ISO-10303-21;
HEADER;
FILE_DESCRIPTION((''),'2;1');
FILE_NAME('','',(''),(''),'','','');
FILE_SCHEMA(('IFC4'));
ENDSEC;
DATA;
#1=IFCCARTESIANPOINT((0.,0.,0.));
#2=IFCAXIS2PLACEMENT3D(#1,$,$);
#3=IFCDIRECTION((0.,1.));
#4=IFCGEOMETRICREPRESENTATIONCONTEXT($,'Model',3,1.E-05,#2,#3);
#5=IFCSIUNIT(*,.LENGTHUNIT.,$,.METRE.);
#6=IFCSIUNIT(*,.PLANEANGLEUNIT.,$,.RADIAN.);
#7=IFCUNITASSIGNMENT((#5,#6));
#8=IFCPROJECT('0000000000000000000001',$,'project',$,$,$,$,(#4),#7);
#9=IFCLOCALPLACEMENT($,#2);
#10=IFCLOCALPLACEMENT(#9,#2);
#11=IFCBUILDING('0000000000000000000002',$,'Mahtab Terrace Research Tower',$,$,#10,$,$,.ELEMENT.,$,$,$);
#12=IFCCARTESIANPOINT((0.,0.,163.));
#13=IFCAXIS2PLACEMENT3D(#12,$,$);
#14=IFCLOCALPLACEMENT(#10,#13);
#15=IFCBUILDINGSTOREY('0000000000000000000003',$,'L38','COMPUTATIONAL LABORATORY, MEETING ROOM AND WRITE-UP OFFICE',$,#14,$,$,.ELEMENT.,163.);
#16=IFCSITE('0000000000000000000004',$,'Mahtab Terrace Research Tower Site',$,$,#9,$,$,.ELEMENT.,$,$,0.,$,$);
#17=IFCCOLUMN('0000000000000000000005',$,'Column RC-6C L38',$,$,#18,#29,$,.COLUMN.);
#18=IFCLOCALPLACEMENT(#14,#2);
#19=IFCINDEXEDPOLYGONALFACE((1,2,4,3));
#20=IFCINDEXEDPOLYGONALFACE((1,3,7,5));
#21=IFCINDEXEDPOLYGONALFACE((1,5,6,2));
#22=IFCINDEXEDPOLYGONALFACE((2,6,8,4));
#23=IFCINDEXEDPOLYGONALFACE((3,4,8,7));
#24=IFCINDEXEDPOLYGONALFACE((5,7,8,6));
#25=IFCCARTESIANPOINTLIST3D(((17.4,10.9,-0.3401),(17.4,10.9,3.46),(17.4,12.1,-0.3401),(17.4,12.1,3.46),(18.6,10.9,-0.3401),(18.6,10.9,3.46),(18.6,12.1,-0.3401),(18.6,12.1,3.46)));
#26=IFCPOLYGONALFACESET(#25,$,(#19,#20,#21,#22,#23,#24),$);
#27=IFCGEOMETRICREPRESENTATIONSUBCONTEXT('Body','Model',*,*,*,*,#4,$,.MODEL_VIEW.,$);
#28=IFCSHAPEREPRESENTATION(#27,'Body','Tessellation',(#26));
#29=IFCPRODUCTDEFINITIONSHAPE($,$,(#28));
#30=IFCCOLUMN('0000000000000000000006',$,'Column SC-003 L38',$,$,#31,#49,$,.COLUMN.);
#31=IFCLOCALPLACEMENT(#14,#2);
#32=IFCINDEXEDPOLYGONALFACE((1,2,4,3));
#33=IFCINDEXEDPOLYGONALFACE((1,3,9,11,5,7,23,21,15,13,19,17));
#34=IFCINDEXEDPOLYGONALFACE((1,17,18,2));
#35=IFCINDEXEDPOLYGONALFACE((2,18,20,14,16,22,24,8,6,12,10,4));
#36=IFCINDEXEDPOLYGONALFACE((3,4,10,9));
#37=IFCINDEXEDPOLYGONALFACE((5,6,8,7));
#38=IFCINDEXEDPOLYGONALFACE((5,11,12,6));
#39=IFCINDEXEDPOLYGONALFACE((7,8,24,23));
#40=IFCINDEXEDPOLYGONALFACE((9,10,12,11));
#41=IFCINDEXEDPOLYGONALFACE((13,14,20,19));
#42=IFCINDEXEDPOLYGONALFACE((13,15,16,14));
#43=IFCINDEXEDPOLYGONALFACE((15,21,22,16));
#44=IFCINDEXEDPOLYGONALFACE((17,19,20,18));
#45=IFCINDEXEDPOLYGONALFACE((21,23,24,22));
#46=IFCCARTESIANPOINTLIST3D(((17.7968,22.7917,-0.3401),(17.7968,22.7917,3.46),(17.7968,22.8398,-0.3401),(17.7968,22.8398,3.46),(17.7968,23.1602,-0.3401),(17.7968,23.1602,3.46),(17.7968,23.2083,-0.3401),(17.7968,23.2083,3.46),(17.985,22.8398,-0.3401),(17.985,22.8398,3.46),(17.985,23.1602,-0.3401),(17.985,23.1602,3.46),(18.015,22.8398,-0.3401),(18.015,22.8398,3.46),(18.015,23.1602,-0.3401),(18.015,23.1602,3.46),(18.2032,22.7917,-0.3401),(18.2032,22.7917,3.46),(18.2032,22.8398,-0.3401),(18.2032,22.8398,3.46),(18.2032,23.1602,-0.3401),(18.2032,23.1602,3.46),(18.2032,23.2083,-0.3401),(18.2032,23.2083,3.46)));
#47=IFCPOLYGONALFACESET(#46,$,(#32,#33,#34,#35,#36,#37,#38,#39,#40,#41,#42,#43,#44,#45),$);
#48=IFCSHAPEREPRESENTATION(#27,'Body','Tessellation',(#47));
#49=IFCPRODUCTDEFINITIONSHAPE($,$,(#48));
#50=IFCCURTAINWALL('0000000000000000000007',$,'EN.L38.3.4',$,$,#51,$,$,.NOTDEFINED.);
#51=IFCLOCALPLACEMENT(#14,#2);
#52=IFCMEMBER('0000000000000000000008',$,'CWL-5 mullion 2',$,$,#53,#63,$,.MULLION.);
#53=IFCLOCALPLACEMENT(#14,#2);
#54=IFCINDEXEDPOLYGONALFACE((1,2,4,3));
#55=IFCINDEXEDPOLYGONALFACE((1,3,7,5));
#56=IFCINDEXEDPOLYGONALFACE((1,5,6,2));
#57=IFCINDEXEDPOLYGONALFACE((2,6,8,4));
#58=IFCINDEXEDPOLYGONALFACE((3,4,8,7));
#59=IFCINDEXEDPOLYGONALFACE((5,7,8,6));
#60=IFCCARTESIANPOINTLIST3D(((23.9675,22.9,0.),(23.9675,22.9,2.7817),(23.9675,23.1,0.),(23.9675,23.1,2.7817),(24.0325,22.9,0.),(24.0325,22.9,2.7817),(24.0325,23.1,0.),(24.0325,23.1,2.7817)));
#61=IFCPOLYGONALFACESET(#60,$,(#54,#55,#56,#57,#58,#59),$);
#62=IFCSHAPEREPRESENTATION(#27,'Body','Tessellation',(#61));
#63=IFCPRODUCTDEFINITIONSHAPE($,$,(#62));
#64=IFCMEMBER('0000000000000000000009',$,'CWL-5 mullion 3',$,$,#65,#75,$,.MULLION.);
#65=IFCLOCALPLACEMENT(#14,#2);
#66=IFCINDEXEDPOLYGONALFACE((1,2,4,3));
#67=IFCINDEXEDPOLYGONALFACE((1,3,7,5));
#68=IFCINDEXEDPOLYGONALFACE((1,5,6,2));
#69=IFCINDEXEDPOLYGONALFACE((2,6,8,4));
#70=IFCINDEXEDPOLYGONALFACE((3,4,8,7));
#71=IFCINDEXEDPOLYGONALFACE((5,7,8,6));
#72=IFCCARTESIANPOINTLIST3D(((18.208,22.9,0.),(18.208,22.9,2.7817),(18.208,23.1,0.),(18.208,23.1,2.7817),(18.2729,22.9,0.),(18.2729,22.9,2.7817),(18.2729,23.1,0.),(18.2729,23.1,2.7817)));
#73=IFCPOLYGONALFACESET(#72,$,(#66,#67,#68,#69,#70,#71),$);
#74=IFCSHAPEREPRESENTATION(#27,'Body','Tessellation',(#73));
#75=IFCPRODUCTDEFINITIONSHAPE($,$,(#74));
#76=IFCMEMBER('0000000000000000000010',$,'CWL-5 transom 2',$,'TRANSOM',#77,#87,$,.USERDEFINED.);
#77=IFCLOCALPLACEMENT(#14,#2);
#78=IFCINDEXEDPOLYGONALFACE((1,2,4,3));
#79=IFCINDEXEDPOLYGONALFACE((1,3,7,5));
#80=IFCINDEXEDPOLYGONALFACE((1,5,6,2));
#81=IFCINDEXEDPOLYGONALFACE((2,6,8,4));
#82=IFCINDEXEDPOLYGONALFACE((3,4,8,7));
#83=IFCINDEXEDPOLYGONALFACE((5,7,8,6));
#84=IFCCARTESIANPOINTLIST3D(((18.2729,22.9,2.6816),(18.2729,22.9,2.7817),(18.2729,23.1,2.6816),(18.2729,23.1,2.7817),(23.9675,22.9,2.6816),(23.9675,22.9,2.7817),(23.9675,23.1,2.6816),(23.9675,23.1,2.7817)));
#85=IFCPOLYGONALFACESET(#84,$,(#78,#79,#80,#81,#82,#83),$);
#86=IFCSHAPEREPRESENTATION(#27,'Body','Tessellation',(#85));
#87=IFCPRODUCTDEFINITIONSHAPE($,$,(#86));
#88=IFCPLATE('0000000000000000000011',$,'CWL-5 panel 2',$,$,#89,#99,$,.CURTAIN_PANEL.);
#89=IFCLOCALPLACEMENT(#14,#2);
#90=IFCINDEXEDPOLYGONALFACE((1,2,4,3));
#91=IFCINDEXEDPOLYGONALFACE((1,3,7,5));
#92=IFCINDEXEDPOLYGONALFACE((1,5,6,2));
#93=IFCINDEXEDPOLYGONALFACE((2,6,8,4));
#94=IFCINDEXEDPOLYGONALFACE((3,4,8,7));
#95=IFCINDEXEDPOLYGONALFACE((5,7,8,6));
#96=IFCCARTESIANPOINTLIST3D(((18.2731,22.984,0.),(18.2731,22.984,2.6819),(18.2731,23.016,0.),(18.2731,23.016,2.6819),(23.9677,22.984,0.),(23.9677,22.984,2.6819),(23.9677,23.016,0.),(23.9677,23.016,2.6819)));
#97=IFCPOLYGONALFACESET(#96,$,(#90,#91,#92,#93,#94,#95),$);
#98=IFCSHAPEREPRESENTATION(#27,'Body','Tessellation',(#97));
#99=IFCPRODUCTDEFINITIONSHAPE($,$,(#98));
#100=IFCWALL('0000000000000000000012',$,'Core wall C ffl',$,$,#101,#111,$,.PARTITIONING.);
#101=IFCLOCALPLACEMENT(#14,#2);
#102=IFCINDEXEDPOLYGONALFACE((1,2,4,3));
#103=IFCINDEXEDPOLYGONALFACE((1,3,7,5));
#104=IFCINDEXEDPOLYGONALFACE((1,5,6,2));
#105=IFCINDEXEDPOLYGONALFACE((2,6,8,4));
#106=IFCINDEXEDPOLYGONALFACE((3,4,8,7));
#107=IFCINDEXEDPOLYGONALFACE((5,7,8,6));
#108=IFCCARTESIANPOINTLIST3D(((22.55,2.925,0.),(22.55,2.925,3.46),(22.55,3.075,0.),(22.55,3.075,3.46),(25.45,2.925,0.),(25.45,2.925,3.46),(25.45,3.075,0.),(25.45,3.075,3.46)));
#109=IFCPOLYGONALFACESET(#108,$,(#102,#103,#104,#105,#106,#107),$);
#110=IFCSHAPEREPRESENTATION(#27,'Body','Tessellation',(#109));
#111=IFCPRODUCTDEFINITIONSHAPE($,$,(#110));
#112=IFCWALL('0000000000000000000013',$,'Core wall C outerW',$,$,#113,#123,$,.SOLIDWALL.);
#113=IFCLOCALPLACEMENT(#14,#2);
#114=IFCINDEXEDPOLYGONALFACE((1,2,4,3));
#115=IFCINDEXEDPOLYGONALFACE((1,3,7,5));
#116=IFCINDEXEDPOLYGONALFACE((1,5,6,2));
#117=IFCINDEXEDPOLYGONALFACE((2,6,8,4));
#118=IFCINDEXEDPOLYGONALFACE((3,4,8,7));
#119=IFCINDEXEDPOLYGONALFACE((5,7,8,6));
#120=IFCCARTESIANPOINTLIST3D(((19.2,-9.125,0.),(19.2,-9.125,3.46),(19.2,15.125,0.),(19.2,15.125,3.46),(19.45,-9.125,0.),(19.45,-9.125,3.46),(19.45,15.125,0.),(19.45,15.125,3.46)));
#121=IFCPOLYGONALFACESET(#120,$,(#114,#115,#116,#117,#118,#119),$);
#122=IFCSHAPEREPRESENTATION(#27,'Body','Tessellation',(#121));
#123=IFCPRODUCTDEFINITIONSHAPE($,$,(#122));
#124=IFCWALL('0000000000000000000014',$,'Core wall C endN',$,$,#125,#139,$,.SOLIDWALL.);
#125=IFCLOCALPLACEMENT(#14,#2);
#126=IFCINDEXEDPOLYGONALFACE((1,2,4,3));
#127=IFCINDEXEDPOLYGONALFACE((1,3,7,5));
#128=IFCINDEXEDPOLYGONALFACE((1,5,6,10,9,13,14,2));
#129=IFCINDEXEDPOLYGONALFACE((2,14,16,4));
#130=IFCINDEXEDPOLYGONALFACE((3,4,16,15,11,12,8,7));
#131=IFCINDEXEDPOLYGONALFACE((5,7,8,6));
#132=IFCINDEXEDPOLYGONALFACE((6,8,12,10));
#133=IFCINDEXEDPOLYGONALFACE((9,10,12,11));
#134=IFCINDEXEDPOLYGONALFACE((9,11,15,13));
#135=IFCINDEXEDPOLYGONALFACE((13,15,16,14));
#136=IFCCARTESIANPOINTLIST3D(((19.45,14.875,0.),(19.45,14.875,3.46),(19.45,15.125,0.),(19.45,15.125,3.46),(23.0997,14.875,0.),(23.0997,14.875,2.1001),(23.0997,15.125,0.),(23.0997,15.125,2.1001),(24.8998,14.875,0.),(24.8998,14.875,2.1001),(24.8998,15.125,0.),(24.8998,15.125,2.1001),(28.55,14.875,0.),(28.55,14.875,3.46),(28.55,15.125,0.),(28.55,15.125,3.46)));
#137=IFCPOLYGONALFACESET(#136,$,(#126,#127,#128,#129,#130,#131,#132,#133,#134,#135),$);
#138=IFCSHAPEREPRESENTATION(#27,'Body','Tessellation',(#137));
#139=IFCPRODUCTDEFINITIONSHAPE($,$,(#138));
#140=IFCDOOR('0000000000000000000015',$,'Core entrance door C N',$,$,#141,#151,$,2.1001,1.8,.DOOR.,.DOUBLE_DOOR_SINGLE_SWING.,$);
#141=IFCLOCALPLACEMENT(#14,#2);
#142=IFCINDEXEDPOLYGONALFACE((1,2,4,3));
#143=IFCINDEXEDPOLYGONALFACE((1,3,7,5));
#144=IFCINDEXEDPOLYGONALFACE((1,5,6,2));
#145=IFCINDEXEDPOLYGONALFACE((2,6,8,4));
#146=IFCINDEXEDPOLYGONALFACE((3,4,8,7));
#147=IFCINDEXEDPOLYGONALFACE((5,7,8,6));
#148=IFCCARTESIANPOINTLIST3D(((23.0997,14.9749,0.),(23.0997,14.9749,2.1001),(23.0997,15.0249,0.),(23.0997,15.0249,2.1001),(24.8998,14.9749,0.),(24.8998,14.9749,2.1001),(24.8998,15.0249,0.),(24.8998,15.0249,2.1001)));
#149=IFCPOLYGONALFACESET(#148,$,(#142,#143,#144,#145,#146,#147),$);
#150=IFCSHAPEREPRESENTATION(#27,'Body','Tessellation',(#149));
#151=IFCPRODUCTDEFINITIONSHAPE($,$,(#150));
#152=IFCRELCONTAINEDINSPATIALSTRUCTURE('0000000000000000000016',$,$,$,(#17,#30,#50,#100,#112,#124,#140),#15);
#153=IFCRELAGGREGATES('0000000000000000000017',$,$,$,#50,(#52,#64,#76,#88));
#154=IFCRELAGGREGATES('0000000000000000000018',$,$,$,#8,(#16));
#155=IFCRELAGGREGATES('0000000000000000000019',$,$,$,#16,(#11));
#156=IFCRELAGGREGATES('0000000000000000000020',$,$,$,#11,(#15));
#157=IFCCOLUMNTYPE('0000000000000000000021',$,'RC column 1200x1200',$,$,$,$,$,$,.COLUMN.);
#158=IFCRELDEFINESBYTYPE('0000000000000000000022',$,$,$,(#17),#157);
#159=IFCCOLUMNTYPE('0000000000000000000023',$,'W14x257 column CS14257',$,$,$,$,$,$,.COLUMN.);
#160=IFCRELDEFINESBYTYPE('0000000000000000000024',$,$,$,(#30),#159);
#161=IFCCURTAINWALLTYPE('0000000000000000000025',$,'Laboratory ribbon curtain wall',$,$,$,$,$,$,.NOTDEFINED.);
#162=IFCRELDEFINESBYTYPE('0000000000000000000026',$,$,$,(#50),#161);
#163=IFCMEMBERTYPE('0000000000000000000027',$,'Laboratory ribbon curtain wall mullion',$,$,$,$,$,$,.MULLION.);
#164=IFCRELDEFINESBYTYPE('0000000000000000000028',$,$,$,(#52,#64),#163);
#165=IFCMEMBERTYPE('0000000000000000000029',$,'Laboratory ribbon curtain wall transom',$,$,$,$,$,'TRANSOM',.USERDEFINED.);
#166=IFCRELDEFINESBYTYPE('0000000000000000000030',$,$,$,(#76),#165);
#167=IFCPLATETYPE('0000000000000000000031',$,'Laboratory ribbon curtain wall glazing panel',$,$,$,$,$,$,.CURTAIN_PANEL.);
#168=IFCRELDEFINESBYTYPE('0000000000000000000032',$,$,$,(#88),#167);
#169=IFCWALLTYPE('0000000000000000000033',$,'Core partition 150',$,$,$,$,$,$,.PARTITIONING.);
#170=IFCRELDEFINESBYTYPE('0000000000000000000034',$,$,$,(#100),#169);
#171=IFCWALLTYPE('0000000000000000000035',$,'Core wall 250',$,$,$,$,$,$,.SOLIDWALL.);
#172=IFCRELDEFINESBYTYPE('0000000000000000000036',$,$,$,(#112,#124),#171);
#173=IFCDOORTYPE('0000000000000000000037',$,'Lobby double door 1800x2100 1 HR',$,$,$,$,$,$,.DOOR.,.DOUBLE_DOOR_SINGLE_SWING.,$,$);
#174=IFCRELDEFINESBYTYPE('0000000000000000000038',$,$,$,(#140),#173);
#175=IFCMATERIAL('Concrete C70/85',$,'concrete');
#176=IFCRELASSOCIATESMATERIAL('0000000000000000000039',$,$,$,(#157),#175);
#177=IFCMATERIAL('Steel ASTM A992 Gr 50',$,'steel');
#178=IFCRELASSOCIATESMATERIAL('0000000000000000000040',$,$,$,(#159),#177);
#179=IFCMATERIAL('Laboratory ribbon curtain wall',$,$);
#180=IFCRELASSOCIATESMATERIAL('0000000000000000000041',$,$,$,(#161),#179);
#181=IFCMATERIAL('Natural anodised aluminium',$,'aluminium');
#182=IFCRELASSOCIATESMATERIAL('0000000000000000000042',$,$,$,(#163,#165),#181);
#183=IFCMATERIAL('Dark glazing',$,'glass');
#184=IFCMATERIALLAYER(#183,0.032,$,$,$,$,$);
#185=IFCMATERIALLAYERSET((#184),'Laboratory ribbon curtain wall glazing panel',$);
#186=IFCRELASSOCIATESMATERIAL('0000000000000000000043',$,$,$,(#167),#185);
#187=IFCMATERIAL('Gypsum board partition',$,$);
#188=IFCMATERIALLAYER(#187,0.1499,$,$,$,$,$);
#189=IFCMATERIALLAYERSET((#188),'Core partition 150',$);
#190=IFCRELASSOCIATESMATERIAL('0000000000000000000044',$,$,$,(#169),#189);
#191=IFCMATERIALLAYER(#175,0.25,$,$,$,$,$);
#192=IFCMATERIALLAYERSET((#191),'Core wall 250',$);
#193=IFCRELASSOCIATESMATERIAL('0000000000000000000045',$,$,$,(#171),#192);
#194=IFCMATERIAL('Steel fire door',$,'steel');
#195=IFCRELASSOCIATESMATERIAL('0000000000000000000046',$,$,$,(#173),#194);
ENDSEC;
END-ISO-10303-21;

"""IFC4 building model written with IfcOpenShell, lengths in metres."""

from ifc_helpers import new_model, si_unit, direction, frame, frame_2d, origin, origin_2d, place, context, subcontext, project, spatial, rectangle, i_section, extrude, material, layer, layer_set, material_profile, profile_set, type_object, element, fill, aggregate, save


model = new_model("IFC4")

# Units and contexts
model_context = context("Model", 3, precision=1e-05, world=origin(), true_north=direction((0.0, 1.0)))
body_context = subcontext(model_context, "Body", "Model", "MODEL_VIEW")
ifc_project = project(units=[si_unit("LENGTHUNIT", "METRE"), si_unit("PLANEANGLEUNIT", "RADIAN")], contexts=[model_context])

# Site, building, storey
site_placement = place(None, origin())
site = spatial("IfcSite", under=ifc_project, at=site_placement, Name="Mahtab Terrace Research Tower Site", CompositionType="ELEMENT", RefElevation=0.0)
building_placement = place(site_placement, origin())
building = spatial("IfcBuilding", under=site, at=building_placement, Name="Mahtab Terrace Research Tower", CompositionType="ELEMENT")
storey_placement = place(building_placement, frame((0.0, 0.0, 163.0)))
storey = spatial("IfcBuildingStorey", under=building, at=storey_placement, Name="L38", Description="COMPUTATIONAL LABORATORY, MEETING ROOM AND WRITE-UP OFFICE", CompositionType="ELEMENT", Elevation=163.0)

# Columns
ifc_material_1 = material(Name="Concrete C70/85", Category="concrete")
ifc_material_profile_1 = material_profile(ifc_material_1, rectangle(XDim=1.2, YDim=1.2, at=origin_2d()), Name="RC column 1200x1200")
ifc_profile_set_1 = profile_set([ifc_material_profile_1], Name="Concrete C70/85")
column_type_1 = type_object("IfcColumnType", Name="RC column 1200x1200", PredefinedType="COLUMN", material=ifc_profile_set_1)
column_1_placement = place(storey_placement, frame((18.0, 11.5, -0.3401), z_axis=(0.0, 0.0, 1.0), x_axis=(1.0, 0.0, 0.0)))
element("IfcColumn", 1, at=column_1_placement, inside=storey, type_object=column_type_1, Name="Column RC-6C L38", PredefinedType="COLUMN", context=body_context, shape_type="SweptSolid", body=[
    extrude(rectangle(XDim=1.2, YDim=1.2, at=origin_2d()), origin(), (0.0, 0.0, 1.0), 3.8),
])
ifc_material_2 = material(Name="Steel ASTM A992 Gr 50", Category="steel")
ifc_material_profile_2 = material_profile(ifc_material_2, i_section(OverallWidth=0.4065, OverallDepth=0.4165, WebThickness=0.03, FlangeThickness=0.0481, at=origin_2d()), Name="W14X257")
ifc_profile_set_2 = profile_set([ifc_material_profile_2], Name="Steel ASTM A992 Gr 50")
column_type_2 = type_object("IfcColumnType", Name="W14x257 column CS14257", PredefinedType="COLUMN", material=ifc_profile_set_2)
column_2_placement = place(storey_placement, frame((18.0, 23.0, -0.3401), z_axis=(0.0, 0.0, 1.0), x_axis=(1.0, 0.0, 0.0)))
element("IfcColumn", 2, at=column_2_placement, inside=storey, type_object=column_type_2, Name="Column SC-003 L38", PredefinedType="COLUMN", context=body_context, shape_type="SweptSolid", body=[
    extrude(i_section(OverallWidth=0.4065, OverallDepth=0.4165, WebThickness=0.03, FlangeThickness=0.0481, at=origin_2d()), origin(), (0.0, 0.0, 1.0), 3.8),
])

# Curtain wall, members, plate
ifc_material_3 = material(Name="Laboratory ribbon curtain wall")
curtain_wall_type = type_object("IfcCurtainWallType", Name="Laboratory ribbon curtain wall", PredefinedType="NOTDEFINED", material=ifc_material_3)
curtain_wall_placement = place(storey_placement, origin())
curtain_wall = element("IfcCurtainWall", 3, at=curtain_wall_placement, inside=storey, type_object=curtain_wall_type, Name="EN.L38.3.4", PredefinedType="NOTDEFINED")
ifc_material_4 = material(Name="Natural anodised aluminium", Category="aluminium")
ifc_material_profile_3 = material_profile(ifc_material_4, rectangle(XDim=0.2, YDim=0.0649, at=origin_2d()), Name="MULLION 65x200")
ifc_profile_set_3 = profile_set([ifc_material_profile_3], Name="Natural anodised aluminium")
member_type_1 = type_object("IfcMemberType", Name="Laboratory ribbon curtain wall mullion", PredefinedType="MULLION", material=ifc_profile_set_3)
member_1_placement = place(storey_placement, frame((24.0, 23.0, 0.0), z_axis=(0.0, 0.0, 1.0), x_axis=(0.0, -1.0, 0.0)))
member_1 = element("IfcMember", 4, at=member_1_placement, type_object=member_type_1, Name="CWL-5 mullion 2", PredefinedType="MULLION", context=body_context, shape_type="SweptSolid", body=[
    extrude(rectangle(XDim=0.2, YDim=0.0649, at=origin_2d()), origin(), (0.0, 0.0, 1.0), 2.7817),
])
member_2_placement = place(storey_placement, frame((18.2405, 23.0, 0.0), z_axis=(0.0, 0.0, 1.0), x_axis=(0.0, -1.0, 0.0)))
member_2 = element("IfcMember", 5, at=member_2_placement, type_object=member_type_1, Name="CWL-5 mullion 3", PredefinedType="MULLION", context=body_context, shape_type="SweptSolid", body=[
    extrude(rectangle(XDim=0.2, YDim=0.0649, at=origin_2d()), origin(), (0.0, 0.0, 1.0), 2.7817),
])
ifc_material_profile_4 = material_profile(ifc_material_4, rectangle(XDim=0.2, YDim=0.1001, at=origin_2d()), Name="TRANSOM 100x200")
ifc_profile_set_4 = profile_set([ifc_material_profile_4], Name="Natural anodised aluminium")
member_type_2 = type_object("IfcMemberType", Name="Laboratory ribbon curtain wall transom", ElementType="TRANSOM", PredefinedType="USERDEFINED", material=ifc_profile_set_4)
member_3_placement = place(storey_placement, frame((23.9675, 23.0, 2.7317), z_axis=(-1.0, 0.0, 0.0), x_axis=(0.0, -1.0, 0.0)))
member_3 = element("IfcMember", 6, at=member_3_placement, type_object=member_type_2, Name="CWL-5 transom 2", ObjectType="TRANSOM", PredefinedType="USERDEFINED", context=body_context, shape_type="SweptSolid", body=[
    extrude(rectangle(XDim=0.2, YDim=0.1001, at=origin_2d()), origin(), (0.0, 0.0, 1.0), 5.6946),
])
ifc_material_5 = material(Name="Dark glazing", Category="glass")
ifc_layer_1 = layer(ifc_material_5, 0.032)
ifc_layer_set_1 = layer_set([ifc_layer_1], Name="Laboratory ribbon curtain wall glazing panel")
plate_type = type_object("IfcPlateType", Name="Laboratory ribbon curtain wall glazing panel", PredefinedType="CURTAIN_PANEL", material=ifc_layer_set_1)
plate_placement = place(storey_placement, frame((21.1204, 23.0, 0.0), z_axis=(0.0, 0.0, 1.0), x_axis=(-1.0, 0.0, 0.0)))
plate = element("IfcPlate", 7, at=plate_placement, type_object=plate_type, Name="CWL-5 panel 2", PredefinedType="CURTAIN_PANEL", context=body_context, shape_type="SweptSolid", body=[
    extrude(rectangle(XDim=5.6946, YDim=0.032, at=origin_2d()), origin(), (0.0, 0.0, 1.0), 2.6819),
])
aggregate(curtain_wall, [member_1, member_2, member_3, plate])

# Walls
ifc_material_6 = material(Name="Gypsum board partition")
ifc_layer_2 = layer(ifc_material_6, 0.1499)
ifc_layer_set_2 = layer_set([ifc_layer_2], Name="Core partition 150")
wall_type_1 = type_object("IfcWallType", Name="Core partition 150", PredefinedType="PARTITIONING", material=ifc_layer_set_2)
wall_1_placement = place(storey_placement, frame((22.55, 3.0, 0.0), z_axis=(0.0, 0.0, 1.0), x_axis=(1.0, 0.0, 0.0)))
element("IfcWall", 8, at=wall_1_placement, inside=storey, type_object=wall_type_1, Name="Core wall C ffl", PredefinedType="PARTITIONING", context=body_context, shape_type="SweptSolid", body=[
    extrude(rectangle(XDim=2.8999, YDim=0.1499, at=frame_2d((1.45, 0.0))), origin(), (0.0, 0.0, 1.0), 3.46),
])
ifc_layer_3 = layer(ifc_material_1, 0.25)
ifc_layer_set_3 = layer_set([ifc_layer_3], Name="Core wall 250")
wall_type_2 = type_object("IfcWallType", Name="Core wall 250", PredefinedType="SOLIDWALL", material=ifc_layer_set_3)
wall_2_placement = place(storey_placement, frame((19.325, 15.125, 0.0), z_axis=(0.0, 0.0, 1.0), x_axis=(0.0, -1.0, 0.0)))
element("IfcWall", 9, at=wall_2_placement, inside=storey, type_object=wall_type_2, Name="Core wall C outerW", PredefinedType="SOLIDWALL", context=body_context, shape_type="SweptSolid", body=[
    extrude(rectangle(XDim=24.25, YDim=0.25, at=frame_2d((12.125, 0.0))), origin(), (0.0, 0.0, 1.0), 3.46),
])

# Wall, opening, door
wall_3_placement = place(storey_placement, frame((19.45, 15.0, 0.0), z_axis=(0.0, 0.0, 1.0), x_axis=(1.0, 0.0, 0.0)))
wall_3 = element("IfcWall", 10, at=wall_3_placement, inside=storey, type_object=wall_type_2, Name="Core wall C endN", PredefinedType="SOLIDWALL", context=body_context, shape_type="SweptSolid", body=[
    extrude(rectangle(XDim=9.1001, YDim=0.25, at=frame_2d((4.55, 0.0))), origin(), (0.0, 0.0, 1.0), 3.46),
])
opening_1_placement = place(wall_3_placement, frame((3.6499, 0.0, 0.0)))
opening_1 = element("IfcOpeningElement", 11, at=opening_1_placement, cuts=wall_3, PredefinedType="OPENING", context=body_context, shape_type="SweptSolid", body=[
    extrude(rectangle(XDim=1.8, YDim=2.1001, at=frame_2d((0.8999, 1.05))), frame((0.0, 0.135, 0.0), z_axis=(0.0, -1.0, 0.0), x_axis=(1.0, 0.0, 0.0)), (0.0, 0.0, 1.0), 0.27),
])
ifc_material_7 = material(Name="Steel fire door", Category="steel")
door_type_1 = type_object("IfcDoorType", Name="Lobby double door 1800x2100 1 HR", OperationType="DOUBLE_DOOR_SINGLE_SWING", PredefinedType="DOOR", material=ifc_material_7)
door_1_placement = place(opening_1_placement, origin())
door_1 = element("IfcDoor", 12, at=door_1_placement, inside=storey, type_object=door_type_1, Name="Core entrance door C N", OperationType="DOUBLE_DOOR_SINGLE_SWING", OverallHeight=2.1001, OverallWidth=1.8, PredefinedType="DOOR", context=body_context, shape_type="SweptSolid", body=[
    extrude(rectangle(XDim=1.8, YDim=2.1001, at=frame_2d((0.8999, 1.05))), frame((0.0, 0.0249, 0.0), z_axis=(0.0, -1.0, 0.0), x_axis=(1.0, 0.0, 0.0)), (0.0, 0.0, 1.0), 0.05),
])
fill(opening_1, door_1)

save(model, "model.ifc")
